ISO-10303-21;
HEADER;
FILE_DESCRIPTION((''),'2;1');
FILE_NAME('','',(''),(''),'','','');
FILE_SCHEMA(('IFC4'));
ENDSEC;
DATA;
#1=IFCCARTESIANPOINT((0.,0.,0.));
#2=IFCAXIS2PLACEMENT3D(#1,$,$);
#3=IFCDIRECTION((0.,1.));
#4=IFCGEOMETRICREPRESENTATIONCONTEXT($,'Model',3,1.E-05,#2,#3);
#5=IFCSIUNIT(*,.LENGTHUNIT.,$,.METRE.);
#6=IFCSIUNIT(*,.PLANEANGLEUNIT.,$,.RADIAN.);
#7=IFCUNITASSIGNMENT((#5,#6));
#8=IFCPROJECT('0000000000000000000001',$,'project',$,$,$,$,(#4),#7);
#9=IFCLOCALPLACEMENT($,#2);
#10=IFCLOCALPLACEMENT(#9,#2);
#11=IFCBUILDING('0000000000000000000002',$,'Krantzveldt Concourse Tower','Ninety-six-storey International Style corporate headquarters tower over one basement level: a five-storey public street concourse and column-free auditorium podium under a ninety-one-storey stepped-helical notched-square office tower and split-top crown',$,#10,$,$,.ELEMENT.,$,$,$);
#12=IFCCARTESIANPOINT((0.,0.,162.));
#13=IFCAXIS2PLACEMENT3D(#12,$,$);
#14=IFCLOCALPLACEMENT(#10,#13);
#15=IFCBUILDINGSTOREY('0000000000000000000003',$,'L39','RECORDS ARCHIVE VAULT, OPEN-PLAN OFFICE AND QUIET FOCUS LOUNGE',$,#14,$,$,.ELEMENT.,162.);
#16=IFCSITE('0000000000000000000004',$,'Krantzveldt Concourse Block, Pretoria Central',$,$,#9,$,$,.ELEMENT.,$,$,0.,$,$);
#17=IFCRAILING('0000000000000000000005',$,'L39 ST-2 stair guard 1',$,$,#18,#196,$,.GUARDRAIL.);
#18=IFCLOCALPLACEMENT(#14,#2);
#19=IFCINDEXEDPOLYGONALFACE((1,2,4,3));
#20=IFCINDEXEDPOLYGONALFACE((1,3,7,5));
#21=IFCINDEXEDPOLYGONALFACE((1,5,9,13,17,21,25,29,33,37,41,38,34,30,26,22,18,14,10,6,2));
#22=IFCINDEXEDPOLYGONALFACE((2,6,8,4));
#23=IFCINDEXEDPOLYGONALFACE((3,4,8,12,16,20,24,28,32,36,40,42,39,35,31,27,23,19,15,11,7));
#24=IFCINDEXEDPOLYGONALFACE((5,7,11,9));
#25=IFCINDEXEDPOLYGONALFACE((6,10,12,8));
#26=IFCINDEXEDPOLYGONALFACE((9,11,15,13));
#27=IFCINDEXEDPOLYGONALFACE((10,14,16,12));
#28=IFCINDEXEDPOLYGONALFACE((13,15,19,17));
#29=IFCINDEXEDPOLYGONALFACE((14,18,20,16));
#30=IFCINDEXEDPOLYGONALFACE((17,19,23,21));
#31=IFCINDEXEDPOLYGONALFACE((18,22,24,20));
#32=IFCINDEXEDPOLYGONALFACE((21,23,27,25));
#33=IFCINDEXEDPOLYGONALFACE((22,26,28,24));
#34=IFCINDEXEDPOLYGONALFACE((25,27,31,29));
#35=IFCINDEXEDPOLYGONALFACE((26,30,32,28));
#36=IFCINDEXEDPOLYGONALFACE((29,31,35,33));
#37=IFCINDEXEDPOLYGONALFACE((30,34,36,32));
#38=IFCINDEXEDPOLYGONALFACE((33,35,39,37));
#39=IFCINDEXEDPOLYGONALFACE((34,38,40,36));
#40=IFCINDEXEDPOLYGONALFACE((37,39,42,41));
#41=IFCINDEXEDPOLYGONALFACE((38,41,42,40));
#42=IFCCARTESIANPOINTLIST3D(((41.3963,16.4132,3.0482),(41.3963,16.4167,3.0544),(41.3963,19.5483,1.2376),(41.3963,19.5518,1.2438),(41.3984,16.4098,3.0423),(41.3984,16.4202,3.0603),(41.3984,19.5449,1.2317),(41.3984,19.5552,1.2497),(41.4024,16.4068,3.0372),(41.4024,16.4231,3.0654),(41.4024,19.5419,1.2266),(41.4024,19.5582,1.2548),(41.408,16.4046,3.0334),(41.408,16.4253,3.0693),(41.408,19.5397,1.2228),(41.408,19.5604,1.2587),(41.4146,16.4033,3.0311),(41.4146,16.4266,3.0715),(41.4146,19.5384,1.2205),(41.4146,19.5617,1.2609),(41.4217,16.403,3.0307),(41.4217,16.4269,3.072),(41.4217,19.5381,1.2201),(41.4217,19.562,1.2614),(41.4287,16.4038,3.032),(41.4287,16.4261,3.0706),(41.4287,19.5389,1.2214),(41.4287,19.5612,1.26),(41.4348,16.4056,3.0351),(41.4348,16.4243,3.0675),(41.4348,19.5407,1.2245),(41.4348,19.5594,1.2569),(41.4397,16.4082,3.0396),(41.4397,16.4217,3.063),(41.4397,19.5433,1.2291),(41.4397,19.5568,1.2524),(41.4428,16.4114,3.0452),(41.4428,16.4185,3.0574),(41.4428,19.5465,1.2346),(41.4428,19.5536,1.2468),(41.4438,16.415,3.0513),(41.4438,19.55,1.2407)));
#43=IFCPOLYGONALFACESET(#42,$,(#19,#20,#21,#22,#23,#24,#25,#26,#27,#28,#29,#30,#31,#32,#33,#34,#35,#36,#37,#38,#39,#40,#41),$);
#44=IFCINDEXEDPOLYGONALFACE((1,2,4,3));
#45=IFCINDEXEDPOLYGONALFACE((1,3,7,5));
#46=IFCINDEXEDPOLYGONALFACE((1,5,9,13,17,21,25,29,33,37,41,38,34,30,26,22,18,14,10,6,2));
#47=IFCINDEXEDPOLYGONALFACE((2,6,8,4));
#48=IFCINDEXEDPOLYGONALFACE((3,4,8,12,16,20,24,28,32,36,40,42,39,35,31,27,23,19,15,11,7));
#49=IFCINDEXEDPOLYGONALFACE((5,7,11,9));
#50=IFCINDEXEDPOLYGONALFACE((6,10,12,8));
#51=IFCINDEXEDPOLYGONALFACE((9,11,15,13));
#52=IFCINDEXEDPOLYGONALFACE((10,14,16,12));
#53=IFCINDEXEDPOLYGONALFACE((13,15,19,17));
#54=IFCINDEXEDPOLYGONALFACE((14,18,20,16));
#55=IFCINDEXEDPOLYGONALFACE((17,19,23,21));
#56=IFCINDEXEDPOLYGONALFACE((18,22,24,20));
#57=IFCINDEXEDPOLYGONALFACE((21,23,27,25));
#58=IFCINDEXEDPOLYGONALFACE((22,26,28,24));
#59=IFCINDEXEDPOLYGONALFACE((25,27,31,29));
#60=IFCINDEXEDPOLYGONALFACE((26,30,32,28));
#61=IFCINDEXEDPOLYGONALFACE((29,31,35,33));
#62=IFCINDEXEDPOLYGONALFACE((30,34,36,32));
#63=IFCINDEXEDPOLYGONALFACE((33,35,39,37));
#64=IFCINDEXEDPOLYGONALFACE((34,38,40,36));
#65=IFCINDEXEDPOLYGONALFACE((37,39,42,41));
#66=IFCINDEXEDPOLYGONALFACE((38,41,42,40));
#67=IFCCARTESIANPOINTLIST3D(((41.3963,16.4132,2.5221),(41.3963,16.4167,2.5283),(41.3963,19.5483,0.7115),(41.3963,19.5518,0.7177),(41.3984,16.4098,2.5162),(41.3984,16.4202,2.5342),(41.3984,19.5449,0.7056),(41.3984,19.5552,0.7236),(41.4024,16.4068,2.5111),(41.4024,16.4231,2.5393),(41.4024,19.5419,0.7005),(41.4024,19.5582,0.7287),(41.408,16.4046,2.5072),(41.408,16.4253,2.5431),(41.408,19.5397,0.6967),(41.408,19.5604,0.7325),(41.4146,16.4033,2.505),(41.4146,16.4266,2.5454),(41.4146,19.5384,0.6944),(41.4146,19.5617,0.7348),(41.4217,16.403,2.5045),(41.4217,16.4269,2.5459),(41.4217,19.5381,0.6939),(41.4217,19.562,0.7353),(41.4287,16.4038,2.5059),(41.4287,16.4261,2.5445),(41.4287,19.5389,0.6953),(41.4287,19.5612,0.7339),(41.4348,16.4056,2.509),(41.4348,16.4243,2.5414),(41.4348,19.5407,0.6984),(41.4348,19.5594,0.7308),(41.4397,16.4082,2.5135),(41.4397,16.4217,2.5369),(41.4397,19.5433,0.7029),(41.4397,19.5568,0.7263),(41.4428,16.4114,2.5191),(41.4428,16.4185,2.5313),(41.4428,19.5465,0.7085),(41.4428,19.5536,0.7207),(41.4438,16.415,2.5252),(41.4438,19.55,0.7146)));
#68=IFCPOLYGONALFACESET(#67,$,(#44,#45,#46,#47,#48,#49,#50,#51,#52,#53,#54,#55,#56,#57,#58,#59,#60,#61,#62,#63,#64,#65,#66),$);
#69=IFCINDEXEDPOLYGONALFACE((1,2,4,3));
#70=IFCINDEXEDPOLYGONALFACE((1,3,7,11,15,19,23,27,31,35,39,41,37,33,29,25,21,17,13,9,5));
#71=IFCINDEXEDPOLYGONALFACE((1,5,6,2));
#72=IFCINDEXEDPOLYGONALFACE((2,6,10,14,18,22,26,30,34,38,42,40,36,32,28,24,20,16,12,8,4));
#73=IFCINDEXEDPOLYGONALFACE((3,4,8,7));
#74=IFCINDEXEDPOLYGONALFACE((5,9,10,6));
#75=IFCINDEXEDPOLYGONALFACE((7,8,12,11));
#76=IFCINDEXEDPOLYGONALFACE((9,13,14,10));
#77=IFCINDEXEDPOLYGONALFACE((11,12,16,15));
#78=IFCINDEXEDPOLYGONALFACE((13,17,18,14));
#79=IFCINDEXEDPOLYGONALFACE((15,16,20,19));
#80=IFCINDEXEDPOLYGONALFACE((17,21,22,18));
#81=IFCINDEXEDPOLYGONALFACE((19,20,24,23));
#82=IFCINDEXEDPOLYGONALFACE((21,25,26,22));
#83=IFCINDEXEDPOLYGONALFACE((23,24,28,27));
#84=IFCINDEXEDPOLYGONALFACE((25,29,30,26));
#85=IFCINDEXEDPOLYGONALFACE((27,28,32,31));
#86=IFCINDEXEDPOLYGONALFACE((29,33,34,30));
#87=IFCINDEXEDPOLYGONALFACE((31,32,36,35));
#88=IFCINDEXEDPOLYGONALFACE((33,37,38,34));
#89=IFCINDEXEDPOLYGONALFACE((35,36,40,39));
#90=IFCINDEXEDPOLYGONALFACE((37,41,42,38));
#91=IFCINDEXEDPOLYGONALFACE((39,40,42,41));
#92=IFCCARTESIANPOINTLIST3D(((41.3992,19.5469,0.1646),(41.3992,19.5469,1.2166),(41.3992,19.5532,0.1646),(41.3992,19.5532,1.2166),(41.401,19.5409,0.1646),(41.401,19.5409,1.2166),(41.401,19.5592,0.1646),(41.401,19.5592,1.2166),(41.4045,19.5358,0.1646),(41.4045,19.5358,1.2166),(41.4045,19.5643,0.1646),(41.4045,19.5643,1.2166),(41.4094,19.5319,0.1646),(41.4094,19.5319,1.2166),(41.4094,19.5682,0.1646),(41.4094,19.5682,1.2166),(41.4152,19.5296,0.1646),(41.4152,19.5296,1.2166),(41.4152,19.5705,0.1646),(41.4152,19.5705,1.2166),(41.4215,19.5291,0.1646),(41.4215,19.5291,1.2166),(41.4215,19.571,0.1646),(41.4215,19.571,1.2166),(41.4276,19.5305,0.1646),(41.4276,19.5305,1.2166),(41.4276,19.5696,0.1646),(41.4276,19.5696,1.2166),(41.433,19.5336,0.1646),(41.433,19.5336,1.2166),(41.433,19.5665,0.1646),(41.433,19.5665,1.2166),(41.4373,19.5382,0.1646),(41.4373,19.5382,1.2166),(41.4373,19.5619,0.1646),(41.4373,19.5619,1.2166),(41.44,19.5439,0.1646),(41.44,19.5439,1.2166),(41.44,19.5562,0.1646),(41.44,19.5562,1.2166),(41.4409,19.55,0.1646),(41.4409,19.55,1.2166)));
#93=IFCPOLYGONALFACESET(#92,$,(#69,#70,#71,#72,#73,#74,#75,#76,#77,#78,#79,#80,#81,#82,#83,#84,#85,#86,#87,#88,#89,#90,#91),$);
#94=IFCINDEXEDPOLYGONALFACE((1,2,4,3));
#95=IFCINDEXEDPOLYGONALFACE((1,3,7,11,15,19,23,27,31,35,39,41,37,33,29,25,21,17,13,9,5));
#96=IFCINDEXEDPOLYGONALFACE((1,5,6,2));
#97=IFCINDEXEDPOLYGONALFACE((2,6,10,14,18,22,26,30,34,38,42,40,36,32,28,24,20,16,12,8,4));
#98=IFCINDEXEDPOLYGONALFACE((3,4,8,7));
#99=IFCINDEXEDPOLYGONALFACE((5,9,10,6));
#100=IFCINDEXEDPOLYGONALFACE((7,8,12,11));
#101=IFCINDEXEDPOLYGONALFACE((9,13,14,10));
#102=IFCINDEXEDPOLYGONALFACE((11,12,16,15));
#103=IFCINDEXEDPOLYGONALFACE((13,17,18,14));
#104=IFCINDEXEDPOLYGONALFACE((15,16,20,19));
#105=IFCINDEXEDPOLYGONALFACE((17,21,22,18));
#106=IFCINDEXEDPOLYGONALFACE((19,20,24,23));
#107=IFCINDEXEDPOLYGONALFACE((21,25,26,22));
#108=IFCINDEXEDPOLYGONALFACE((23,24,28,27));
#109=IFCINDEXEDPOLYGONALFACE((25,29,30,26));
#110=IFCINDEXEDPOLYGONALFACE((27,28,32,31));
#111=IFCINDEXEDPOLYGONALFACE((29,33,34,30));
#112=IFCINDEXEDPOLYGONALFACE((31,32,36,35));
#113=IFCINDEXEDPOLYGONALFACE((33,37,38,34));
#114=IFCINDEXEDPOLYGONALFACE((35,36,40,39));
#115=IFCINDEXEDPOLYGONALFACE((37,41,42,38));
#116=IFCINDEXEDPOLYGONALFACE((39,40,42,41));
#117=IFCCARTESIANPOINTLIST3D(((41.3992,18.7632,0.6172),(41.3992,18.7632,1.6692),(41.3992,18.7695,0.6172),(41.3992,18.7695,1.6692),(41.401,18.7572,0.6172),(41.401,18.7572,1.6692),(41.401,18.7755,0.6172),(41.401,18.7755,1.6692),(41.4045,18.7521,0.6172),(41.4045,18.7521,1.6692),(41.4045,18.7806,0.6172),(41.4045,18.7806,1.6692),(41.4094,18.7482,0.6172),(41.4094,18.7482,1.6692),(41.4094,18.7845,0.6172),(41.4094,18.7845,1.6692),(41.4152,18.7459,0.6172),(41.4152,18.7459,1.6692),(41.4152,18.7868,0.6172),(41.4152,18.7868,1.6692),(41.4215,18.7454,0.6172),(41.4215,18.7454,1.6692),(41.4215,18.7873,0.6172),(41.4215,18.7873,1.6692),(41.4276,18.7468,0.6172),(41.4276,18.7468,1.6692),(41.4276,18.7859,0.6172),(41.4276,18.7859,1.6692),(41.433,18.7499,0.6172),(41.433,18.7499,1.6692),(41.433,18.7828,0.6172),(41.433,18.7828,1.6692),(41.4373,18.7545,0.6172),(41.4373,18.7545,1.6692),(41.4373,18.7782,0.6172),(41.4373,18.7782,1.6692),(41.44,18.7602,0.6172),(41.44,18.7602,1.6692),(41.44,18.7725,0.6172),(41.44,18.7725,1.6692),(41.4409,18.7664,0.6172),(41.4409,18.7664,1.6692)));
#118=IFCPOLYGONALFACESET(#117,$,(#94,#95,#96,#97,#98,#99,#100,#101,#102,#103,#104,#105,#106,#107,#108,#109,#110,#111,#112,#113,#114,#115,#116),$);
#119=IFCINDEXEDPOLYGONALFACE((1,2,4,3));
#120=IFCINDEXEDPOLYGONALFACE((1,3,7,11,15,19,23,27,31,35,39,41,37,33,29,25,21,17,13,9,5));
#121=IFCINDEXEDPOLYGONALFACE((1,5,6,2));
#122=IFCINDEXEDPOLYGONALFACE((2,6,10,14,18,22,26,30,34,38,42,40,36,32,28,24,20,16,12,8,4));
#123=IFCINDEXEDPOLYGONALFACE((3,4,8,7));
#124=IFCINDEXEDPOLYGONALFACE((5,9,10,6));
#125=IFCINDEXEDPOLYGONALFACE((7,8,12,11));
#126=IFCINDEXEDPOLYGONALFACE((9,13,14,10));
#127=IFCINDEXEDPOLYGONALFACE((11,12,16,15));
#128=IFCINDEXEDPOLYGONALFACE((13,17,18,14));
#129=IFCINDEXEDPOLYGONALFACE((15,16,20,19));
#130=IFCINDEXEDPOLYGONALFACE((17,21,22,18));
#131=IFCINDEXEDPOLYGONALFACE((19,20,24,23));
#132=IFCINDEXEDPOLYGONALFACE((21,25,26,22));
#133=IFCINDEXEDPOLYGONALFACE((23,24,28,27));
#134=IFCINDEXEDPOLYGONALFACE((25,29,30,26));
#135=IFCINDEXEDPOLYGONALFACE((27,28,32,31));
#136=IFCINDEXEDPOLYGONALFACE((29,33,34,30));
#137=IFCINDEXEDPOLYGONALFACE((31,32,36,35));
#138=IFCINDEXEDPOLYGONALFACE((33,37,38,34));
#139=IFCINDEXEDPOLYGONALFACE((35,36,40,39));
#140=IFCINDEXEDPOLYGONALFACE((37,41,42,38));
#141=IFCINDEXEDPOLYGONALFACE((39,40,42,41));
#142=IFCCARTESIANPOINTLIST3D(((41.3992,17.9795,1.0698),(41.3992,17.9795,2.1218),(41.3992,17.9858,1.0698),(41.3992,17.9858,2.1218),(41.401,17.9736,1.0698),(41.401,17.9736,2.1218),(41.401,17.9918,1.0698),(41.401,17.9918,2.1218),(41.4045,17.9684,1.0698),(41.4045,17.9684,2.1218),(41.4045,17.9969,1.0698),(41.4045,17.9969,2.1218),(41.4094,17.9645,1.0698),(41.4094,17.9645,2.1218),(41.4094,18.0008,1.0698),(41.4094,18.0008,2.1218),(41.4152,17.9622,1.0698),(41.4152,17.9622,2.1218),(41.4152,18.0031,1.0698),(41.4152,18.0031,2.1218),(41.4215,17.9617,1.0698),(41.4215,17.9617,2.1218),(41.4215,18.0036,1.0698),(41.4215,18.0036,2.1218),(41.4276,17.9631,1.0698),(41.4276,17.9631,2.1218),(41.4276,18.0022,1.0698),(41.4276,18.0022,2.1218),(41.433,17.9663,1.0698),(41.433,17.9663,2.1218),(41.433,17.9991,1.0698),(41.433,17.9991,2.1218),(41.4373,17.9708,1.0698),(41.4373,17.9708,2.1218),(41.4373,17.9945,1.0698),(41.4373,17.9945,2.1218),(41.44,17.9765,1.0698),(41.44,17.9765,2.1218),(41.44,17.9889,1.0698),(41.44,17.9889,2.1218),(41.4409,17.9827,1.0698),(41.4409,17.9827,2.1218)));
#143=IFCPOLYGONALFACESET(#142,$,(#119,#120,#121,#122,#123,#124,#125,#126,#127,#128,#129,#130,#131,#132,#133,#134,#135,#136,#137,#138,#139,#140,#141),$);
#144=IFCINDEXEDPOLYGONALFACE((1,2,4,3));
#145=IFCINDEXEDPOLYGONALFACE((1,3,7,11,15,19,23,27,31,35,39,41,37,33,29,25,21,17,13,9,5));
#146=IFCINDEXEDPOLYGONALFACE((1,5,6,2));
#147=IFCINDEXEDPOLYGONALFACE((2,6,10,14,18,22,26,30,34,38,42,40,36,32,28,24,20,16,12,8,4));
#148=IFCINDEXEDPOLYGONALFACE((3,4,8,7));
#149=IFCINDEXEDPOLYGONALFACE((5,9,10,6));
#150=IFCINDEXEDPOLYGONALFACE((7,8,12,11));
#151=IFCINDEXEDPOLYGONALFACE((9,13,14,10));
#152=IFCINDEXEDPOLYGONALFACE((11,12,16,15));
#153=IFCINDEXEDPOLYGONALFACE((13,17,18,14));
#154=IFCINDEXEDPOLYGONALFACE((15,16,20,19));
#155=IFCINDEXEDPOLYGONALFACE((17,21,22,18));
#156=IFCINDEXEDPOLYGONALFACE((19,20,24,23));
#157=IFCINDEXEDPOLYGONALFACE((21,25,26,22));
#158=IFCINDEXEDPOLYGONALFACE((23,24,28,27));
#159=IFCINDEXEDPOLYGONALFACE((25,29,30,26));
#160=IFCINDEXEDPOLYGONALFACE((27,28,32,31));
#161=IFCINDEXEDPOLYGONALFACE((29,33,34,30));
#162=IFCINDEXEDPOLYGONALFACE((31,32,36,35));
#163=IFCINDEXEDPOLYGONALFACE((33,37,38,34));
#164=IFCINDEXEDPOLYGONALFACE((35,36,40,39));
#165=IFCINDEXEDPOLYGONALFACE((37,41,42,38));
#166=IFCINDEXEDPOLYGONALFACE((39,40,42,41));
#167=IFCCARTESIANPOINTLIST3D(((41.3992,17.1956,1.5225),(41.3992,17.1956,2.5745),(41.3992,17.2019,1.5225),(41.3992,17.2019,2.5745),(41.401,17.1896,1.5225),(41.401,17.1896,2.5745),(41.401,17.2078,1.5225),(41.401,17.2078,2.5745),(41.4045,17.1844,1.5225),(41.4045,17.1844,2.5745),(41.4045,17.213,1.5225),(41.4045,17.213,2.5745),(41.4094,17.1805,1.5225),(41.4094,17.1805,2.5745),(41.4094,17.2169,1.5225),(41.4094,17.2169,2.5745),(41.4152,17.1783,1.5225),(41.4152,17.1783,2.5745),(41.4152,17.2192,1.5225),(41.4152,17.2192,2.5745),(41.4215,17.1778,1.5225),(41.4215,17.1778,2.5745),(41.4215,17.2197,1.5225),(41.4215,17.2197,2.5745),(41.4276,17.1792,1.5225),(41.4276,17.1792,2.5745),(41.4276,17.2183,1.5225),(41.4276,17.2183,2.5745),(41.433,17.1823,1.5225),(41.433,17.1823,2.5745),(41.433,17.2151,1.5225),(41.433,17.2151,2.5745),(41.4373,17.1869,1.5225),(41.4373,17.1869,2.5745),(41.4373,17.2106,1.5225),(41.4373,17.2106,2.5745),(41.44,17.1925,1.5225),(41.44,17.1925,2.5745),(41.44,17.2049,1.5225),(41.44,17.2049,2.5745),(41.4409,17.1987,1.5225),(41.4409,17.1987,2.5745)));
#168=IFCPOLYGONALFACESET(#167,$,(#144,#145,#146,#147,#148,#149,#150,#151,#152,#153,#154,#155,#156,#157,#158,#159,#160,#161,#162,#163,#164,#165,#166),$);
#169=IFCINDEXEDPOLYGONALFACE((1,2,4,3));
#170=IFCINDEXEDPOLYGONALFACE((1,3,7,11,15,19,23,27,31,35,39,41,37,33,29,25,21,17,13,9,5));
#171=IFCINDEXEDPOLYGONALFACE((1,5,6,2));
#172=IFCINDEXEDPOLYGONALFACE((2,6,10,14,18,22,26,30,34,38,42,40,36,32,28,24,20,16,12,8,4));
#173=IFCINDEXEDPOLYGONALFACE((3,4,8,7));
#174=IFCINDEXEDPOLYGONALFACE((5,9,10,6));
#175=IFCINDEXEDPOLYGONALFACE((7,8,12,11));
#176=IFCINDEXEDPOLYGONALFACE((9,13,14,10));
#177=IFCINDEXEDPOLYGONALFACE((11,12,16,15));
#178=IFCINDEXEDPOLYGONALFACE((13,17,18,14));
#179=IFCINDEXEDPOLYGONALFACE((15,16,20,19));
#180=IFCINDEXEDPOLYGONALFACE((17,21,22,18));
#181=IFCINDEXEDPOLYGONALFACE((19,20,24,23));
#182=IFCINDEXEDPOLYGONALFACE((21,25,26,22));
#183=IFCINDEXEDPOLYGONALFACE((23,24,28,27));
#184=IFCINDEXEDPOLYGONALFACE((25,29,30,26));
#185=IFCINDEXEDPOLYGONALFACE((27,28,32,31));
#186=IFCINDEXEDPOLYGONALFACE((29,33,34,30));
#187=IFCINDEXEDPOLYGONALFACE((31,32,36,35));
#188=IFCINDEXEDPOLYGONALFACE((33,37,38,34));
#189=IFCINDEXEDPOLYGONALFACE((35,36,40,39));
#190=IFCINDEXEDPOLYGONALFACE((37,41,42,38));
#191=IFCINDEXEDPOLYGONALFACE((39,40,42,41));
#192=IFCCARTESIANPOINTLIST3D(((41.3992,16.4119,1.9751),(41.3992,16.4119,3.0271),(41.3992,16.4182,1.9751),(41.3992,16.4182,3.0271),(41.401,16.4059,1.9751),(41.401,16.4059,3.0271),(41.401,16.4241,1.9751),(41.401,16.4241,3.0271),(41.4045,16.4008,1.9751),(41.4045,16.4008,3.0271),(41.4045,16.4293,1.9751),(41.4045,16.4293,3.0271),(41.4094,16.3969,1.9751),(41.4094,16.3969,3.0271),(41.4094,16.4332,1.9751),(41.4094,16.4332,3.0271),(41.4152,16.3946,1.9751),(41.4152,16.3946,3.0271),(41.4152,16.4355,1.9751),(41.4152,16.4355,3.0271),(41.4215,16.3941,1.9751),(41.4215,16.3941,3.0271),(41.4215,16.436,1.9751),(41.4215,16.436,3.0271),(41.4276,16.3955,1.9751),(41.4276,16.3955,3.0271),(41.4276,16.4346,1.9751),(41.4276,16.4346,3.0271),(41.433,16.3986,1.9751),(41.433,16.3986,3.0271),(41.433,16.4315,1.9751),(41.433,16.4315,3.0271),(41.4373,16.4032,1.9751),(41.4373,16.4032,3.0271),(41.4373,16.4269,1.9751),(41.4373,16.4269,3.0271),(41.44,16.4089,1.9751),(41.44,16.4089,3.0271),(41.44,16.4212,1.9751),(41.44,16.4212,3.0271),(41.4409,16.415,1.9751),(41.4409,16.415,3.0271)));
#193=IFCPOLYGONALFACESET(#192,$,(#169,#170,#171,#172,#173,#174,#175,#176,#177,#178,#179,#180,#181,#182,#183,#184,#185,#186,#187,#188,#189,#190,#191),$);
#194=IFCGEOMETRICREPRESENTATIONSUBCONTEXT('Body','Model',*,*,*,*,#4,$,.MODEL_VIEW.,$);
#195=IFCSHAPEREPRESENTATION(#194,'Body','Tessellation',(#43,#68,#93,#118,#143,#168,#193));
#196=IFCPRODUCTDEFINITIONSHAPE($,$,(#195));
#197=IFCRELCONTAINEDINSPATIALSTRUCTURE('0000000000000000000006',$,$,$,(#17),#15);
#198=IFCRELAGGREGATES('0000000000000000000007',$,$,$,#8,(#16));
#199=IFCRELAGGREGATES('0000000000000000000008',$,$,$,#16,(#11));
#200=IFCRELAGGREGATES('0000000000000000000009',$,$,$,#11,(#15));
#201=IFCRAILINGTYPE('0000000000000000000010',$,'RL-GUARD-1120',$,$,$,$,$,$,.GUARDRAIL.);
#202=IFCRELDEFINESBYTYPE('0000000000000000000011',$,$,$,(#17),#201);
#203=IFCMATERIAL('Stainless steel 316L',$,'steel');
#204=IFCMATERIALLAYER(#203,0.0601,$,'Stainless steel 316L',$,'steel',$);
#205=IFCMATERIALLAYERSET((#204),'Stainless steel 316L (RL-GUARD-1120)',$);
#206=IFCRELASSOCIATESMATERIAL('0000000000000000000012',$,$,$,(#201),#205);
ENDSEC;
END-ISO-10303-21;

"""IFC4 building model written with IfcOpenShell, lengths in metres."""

from ifc_helpers import new_model, si_unit, direction, frame, origin, origin_2d, place, context, subcontext, project, spatial, circle, extrude, material, layer, layer_set, type_object, element, save


model = new_model("IFC4")

# Units and contexts
model_context = context("Model", 3, precision=1e-05, world=origin(), true_north=direction((0.0, 1.0)))
body_context = subcontext(model_context, "Body", "Model", "MODEL_VIEW")
ifc_project = project(units=[si_unit("LENGTHUNIT", "METRE"), si_unit("PLANEANGLEUNIT", "RADIAN")], contexts=[model_context])

# Site, building, storey
site_placement = place(None, origin())
site = spatial("IfcSite", under=ifc_project, at=site_placement, Name="Krantzveldt Concourse Block, Pretoria Central", CompositionType="ELEMENT", RefElevation=0.0)
building_placement = place(site_placement, origin())
building = spatial("IfcBuilding", under=site, at=building_placement, Name="Krantzveldt Concourse Tower", Description="Ninety-six-storey International Style corporate headquarters tower over one basement level: a five-storey public street concourse and column-free auditorium podium under a ninety-one-storey stepped-helical notched-square office tower and split-top crown", CompositionType="ELEMENT")
storey_placement = place(building_placement, frame((0.0, 0.0, 162.0)))
storey = spatial("IfcBuildingStorey", under=building, at=storey_placement, Name="L39", Description="RECORDS ARCHIVE VAULT, OPEN-PLAN OFFICE AND QUIET FOCUS LOUNGE", CompositionType="ELEMENT", Elevation=162.0)

# Shared definitions
ifc_material_1 = material(Name="Stainless steel 316L", Category="steel")

# Railing
ifc_layer_1 = layer(ifc_material_1, 0.0601, Name="Stainless steel 316L", Category="steel")
ifc_layer_set_1 = layer_set([ifc_layer_1], Name="Stainless steel 316L (RL-GUARD-1120)")
railing_type_1 = type_object("IfcRailingType", Name="RL-GUARD-1120", PredefinedType="GUARDRAIL", material=ifc_layer_set_1)
railing_1_placement = place(storey_placement, frame((41.4199, 19.55, 0.1646)))
element("IfcRailing", 1, at=railing_1_placement, inside=storey, type_object=railing_type_1, Name="L39 ST-2 stair guard 1", PredefinedType="GUARDRAIL", context=body_context, shape_type="SweptSolid", body=[
    extrude(circle(Radius=0.0239, at=origin_2d()), frame((0.0, 0.0, 1.0762), z_axis=(0.0, -0.86596, 0.500114), x_axis=(1.0, 0.0, 0.0)), (0.0, 0.0, 1.0), 3.6204),
    extrude(circle(Radius=0.0239, at=origin_2d()), frame((0.0, 0.0, 0.55), z_axis=(0.0, -0.86596, 0.500114), x_axis=(1.0, 0.0, 0.0)), (0.0, 0.0, 1.0), 3.6204),
    extrude(circle(Radius=0.021, at=origin_2d()), origin(), (0.0, 0.0, 1.0), 1.052),
    extrude(circle(Radius=0.021, at=origin_2d()), frame((0.0, -0.7837, 0.4526)), (0.0, 0.0, 1.0), 1.052),
    extrude(circle(Radius=0.021, at=origin_2d()), frame((0.0, -1.5674, 0.9053)), (0.0, 0.0, 1.0), 1.052),
    extrude(circle(Radius=0.021, at=origin_2d()), frame((0.0, -2.3513, 1.3579)), (0.0, 0.0, 1.0), 1.052),
    extrude(circle(Radius=0.021, at=origin_2d()), frame((0.0, -3.135, 1.8105)), (0.0, 0.0, 1.0), 1.052),
])

save(model, "model.ifc")
